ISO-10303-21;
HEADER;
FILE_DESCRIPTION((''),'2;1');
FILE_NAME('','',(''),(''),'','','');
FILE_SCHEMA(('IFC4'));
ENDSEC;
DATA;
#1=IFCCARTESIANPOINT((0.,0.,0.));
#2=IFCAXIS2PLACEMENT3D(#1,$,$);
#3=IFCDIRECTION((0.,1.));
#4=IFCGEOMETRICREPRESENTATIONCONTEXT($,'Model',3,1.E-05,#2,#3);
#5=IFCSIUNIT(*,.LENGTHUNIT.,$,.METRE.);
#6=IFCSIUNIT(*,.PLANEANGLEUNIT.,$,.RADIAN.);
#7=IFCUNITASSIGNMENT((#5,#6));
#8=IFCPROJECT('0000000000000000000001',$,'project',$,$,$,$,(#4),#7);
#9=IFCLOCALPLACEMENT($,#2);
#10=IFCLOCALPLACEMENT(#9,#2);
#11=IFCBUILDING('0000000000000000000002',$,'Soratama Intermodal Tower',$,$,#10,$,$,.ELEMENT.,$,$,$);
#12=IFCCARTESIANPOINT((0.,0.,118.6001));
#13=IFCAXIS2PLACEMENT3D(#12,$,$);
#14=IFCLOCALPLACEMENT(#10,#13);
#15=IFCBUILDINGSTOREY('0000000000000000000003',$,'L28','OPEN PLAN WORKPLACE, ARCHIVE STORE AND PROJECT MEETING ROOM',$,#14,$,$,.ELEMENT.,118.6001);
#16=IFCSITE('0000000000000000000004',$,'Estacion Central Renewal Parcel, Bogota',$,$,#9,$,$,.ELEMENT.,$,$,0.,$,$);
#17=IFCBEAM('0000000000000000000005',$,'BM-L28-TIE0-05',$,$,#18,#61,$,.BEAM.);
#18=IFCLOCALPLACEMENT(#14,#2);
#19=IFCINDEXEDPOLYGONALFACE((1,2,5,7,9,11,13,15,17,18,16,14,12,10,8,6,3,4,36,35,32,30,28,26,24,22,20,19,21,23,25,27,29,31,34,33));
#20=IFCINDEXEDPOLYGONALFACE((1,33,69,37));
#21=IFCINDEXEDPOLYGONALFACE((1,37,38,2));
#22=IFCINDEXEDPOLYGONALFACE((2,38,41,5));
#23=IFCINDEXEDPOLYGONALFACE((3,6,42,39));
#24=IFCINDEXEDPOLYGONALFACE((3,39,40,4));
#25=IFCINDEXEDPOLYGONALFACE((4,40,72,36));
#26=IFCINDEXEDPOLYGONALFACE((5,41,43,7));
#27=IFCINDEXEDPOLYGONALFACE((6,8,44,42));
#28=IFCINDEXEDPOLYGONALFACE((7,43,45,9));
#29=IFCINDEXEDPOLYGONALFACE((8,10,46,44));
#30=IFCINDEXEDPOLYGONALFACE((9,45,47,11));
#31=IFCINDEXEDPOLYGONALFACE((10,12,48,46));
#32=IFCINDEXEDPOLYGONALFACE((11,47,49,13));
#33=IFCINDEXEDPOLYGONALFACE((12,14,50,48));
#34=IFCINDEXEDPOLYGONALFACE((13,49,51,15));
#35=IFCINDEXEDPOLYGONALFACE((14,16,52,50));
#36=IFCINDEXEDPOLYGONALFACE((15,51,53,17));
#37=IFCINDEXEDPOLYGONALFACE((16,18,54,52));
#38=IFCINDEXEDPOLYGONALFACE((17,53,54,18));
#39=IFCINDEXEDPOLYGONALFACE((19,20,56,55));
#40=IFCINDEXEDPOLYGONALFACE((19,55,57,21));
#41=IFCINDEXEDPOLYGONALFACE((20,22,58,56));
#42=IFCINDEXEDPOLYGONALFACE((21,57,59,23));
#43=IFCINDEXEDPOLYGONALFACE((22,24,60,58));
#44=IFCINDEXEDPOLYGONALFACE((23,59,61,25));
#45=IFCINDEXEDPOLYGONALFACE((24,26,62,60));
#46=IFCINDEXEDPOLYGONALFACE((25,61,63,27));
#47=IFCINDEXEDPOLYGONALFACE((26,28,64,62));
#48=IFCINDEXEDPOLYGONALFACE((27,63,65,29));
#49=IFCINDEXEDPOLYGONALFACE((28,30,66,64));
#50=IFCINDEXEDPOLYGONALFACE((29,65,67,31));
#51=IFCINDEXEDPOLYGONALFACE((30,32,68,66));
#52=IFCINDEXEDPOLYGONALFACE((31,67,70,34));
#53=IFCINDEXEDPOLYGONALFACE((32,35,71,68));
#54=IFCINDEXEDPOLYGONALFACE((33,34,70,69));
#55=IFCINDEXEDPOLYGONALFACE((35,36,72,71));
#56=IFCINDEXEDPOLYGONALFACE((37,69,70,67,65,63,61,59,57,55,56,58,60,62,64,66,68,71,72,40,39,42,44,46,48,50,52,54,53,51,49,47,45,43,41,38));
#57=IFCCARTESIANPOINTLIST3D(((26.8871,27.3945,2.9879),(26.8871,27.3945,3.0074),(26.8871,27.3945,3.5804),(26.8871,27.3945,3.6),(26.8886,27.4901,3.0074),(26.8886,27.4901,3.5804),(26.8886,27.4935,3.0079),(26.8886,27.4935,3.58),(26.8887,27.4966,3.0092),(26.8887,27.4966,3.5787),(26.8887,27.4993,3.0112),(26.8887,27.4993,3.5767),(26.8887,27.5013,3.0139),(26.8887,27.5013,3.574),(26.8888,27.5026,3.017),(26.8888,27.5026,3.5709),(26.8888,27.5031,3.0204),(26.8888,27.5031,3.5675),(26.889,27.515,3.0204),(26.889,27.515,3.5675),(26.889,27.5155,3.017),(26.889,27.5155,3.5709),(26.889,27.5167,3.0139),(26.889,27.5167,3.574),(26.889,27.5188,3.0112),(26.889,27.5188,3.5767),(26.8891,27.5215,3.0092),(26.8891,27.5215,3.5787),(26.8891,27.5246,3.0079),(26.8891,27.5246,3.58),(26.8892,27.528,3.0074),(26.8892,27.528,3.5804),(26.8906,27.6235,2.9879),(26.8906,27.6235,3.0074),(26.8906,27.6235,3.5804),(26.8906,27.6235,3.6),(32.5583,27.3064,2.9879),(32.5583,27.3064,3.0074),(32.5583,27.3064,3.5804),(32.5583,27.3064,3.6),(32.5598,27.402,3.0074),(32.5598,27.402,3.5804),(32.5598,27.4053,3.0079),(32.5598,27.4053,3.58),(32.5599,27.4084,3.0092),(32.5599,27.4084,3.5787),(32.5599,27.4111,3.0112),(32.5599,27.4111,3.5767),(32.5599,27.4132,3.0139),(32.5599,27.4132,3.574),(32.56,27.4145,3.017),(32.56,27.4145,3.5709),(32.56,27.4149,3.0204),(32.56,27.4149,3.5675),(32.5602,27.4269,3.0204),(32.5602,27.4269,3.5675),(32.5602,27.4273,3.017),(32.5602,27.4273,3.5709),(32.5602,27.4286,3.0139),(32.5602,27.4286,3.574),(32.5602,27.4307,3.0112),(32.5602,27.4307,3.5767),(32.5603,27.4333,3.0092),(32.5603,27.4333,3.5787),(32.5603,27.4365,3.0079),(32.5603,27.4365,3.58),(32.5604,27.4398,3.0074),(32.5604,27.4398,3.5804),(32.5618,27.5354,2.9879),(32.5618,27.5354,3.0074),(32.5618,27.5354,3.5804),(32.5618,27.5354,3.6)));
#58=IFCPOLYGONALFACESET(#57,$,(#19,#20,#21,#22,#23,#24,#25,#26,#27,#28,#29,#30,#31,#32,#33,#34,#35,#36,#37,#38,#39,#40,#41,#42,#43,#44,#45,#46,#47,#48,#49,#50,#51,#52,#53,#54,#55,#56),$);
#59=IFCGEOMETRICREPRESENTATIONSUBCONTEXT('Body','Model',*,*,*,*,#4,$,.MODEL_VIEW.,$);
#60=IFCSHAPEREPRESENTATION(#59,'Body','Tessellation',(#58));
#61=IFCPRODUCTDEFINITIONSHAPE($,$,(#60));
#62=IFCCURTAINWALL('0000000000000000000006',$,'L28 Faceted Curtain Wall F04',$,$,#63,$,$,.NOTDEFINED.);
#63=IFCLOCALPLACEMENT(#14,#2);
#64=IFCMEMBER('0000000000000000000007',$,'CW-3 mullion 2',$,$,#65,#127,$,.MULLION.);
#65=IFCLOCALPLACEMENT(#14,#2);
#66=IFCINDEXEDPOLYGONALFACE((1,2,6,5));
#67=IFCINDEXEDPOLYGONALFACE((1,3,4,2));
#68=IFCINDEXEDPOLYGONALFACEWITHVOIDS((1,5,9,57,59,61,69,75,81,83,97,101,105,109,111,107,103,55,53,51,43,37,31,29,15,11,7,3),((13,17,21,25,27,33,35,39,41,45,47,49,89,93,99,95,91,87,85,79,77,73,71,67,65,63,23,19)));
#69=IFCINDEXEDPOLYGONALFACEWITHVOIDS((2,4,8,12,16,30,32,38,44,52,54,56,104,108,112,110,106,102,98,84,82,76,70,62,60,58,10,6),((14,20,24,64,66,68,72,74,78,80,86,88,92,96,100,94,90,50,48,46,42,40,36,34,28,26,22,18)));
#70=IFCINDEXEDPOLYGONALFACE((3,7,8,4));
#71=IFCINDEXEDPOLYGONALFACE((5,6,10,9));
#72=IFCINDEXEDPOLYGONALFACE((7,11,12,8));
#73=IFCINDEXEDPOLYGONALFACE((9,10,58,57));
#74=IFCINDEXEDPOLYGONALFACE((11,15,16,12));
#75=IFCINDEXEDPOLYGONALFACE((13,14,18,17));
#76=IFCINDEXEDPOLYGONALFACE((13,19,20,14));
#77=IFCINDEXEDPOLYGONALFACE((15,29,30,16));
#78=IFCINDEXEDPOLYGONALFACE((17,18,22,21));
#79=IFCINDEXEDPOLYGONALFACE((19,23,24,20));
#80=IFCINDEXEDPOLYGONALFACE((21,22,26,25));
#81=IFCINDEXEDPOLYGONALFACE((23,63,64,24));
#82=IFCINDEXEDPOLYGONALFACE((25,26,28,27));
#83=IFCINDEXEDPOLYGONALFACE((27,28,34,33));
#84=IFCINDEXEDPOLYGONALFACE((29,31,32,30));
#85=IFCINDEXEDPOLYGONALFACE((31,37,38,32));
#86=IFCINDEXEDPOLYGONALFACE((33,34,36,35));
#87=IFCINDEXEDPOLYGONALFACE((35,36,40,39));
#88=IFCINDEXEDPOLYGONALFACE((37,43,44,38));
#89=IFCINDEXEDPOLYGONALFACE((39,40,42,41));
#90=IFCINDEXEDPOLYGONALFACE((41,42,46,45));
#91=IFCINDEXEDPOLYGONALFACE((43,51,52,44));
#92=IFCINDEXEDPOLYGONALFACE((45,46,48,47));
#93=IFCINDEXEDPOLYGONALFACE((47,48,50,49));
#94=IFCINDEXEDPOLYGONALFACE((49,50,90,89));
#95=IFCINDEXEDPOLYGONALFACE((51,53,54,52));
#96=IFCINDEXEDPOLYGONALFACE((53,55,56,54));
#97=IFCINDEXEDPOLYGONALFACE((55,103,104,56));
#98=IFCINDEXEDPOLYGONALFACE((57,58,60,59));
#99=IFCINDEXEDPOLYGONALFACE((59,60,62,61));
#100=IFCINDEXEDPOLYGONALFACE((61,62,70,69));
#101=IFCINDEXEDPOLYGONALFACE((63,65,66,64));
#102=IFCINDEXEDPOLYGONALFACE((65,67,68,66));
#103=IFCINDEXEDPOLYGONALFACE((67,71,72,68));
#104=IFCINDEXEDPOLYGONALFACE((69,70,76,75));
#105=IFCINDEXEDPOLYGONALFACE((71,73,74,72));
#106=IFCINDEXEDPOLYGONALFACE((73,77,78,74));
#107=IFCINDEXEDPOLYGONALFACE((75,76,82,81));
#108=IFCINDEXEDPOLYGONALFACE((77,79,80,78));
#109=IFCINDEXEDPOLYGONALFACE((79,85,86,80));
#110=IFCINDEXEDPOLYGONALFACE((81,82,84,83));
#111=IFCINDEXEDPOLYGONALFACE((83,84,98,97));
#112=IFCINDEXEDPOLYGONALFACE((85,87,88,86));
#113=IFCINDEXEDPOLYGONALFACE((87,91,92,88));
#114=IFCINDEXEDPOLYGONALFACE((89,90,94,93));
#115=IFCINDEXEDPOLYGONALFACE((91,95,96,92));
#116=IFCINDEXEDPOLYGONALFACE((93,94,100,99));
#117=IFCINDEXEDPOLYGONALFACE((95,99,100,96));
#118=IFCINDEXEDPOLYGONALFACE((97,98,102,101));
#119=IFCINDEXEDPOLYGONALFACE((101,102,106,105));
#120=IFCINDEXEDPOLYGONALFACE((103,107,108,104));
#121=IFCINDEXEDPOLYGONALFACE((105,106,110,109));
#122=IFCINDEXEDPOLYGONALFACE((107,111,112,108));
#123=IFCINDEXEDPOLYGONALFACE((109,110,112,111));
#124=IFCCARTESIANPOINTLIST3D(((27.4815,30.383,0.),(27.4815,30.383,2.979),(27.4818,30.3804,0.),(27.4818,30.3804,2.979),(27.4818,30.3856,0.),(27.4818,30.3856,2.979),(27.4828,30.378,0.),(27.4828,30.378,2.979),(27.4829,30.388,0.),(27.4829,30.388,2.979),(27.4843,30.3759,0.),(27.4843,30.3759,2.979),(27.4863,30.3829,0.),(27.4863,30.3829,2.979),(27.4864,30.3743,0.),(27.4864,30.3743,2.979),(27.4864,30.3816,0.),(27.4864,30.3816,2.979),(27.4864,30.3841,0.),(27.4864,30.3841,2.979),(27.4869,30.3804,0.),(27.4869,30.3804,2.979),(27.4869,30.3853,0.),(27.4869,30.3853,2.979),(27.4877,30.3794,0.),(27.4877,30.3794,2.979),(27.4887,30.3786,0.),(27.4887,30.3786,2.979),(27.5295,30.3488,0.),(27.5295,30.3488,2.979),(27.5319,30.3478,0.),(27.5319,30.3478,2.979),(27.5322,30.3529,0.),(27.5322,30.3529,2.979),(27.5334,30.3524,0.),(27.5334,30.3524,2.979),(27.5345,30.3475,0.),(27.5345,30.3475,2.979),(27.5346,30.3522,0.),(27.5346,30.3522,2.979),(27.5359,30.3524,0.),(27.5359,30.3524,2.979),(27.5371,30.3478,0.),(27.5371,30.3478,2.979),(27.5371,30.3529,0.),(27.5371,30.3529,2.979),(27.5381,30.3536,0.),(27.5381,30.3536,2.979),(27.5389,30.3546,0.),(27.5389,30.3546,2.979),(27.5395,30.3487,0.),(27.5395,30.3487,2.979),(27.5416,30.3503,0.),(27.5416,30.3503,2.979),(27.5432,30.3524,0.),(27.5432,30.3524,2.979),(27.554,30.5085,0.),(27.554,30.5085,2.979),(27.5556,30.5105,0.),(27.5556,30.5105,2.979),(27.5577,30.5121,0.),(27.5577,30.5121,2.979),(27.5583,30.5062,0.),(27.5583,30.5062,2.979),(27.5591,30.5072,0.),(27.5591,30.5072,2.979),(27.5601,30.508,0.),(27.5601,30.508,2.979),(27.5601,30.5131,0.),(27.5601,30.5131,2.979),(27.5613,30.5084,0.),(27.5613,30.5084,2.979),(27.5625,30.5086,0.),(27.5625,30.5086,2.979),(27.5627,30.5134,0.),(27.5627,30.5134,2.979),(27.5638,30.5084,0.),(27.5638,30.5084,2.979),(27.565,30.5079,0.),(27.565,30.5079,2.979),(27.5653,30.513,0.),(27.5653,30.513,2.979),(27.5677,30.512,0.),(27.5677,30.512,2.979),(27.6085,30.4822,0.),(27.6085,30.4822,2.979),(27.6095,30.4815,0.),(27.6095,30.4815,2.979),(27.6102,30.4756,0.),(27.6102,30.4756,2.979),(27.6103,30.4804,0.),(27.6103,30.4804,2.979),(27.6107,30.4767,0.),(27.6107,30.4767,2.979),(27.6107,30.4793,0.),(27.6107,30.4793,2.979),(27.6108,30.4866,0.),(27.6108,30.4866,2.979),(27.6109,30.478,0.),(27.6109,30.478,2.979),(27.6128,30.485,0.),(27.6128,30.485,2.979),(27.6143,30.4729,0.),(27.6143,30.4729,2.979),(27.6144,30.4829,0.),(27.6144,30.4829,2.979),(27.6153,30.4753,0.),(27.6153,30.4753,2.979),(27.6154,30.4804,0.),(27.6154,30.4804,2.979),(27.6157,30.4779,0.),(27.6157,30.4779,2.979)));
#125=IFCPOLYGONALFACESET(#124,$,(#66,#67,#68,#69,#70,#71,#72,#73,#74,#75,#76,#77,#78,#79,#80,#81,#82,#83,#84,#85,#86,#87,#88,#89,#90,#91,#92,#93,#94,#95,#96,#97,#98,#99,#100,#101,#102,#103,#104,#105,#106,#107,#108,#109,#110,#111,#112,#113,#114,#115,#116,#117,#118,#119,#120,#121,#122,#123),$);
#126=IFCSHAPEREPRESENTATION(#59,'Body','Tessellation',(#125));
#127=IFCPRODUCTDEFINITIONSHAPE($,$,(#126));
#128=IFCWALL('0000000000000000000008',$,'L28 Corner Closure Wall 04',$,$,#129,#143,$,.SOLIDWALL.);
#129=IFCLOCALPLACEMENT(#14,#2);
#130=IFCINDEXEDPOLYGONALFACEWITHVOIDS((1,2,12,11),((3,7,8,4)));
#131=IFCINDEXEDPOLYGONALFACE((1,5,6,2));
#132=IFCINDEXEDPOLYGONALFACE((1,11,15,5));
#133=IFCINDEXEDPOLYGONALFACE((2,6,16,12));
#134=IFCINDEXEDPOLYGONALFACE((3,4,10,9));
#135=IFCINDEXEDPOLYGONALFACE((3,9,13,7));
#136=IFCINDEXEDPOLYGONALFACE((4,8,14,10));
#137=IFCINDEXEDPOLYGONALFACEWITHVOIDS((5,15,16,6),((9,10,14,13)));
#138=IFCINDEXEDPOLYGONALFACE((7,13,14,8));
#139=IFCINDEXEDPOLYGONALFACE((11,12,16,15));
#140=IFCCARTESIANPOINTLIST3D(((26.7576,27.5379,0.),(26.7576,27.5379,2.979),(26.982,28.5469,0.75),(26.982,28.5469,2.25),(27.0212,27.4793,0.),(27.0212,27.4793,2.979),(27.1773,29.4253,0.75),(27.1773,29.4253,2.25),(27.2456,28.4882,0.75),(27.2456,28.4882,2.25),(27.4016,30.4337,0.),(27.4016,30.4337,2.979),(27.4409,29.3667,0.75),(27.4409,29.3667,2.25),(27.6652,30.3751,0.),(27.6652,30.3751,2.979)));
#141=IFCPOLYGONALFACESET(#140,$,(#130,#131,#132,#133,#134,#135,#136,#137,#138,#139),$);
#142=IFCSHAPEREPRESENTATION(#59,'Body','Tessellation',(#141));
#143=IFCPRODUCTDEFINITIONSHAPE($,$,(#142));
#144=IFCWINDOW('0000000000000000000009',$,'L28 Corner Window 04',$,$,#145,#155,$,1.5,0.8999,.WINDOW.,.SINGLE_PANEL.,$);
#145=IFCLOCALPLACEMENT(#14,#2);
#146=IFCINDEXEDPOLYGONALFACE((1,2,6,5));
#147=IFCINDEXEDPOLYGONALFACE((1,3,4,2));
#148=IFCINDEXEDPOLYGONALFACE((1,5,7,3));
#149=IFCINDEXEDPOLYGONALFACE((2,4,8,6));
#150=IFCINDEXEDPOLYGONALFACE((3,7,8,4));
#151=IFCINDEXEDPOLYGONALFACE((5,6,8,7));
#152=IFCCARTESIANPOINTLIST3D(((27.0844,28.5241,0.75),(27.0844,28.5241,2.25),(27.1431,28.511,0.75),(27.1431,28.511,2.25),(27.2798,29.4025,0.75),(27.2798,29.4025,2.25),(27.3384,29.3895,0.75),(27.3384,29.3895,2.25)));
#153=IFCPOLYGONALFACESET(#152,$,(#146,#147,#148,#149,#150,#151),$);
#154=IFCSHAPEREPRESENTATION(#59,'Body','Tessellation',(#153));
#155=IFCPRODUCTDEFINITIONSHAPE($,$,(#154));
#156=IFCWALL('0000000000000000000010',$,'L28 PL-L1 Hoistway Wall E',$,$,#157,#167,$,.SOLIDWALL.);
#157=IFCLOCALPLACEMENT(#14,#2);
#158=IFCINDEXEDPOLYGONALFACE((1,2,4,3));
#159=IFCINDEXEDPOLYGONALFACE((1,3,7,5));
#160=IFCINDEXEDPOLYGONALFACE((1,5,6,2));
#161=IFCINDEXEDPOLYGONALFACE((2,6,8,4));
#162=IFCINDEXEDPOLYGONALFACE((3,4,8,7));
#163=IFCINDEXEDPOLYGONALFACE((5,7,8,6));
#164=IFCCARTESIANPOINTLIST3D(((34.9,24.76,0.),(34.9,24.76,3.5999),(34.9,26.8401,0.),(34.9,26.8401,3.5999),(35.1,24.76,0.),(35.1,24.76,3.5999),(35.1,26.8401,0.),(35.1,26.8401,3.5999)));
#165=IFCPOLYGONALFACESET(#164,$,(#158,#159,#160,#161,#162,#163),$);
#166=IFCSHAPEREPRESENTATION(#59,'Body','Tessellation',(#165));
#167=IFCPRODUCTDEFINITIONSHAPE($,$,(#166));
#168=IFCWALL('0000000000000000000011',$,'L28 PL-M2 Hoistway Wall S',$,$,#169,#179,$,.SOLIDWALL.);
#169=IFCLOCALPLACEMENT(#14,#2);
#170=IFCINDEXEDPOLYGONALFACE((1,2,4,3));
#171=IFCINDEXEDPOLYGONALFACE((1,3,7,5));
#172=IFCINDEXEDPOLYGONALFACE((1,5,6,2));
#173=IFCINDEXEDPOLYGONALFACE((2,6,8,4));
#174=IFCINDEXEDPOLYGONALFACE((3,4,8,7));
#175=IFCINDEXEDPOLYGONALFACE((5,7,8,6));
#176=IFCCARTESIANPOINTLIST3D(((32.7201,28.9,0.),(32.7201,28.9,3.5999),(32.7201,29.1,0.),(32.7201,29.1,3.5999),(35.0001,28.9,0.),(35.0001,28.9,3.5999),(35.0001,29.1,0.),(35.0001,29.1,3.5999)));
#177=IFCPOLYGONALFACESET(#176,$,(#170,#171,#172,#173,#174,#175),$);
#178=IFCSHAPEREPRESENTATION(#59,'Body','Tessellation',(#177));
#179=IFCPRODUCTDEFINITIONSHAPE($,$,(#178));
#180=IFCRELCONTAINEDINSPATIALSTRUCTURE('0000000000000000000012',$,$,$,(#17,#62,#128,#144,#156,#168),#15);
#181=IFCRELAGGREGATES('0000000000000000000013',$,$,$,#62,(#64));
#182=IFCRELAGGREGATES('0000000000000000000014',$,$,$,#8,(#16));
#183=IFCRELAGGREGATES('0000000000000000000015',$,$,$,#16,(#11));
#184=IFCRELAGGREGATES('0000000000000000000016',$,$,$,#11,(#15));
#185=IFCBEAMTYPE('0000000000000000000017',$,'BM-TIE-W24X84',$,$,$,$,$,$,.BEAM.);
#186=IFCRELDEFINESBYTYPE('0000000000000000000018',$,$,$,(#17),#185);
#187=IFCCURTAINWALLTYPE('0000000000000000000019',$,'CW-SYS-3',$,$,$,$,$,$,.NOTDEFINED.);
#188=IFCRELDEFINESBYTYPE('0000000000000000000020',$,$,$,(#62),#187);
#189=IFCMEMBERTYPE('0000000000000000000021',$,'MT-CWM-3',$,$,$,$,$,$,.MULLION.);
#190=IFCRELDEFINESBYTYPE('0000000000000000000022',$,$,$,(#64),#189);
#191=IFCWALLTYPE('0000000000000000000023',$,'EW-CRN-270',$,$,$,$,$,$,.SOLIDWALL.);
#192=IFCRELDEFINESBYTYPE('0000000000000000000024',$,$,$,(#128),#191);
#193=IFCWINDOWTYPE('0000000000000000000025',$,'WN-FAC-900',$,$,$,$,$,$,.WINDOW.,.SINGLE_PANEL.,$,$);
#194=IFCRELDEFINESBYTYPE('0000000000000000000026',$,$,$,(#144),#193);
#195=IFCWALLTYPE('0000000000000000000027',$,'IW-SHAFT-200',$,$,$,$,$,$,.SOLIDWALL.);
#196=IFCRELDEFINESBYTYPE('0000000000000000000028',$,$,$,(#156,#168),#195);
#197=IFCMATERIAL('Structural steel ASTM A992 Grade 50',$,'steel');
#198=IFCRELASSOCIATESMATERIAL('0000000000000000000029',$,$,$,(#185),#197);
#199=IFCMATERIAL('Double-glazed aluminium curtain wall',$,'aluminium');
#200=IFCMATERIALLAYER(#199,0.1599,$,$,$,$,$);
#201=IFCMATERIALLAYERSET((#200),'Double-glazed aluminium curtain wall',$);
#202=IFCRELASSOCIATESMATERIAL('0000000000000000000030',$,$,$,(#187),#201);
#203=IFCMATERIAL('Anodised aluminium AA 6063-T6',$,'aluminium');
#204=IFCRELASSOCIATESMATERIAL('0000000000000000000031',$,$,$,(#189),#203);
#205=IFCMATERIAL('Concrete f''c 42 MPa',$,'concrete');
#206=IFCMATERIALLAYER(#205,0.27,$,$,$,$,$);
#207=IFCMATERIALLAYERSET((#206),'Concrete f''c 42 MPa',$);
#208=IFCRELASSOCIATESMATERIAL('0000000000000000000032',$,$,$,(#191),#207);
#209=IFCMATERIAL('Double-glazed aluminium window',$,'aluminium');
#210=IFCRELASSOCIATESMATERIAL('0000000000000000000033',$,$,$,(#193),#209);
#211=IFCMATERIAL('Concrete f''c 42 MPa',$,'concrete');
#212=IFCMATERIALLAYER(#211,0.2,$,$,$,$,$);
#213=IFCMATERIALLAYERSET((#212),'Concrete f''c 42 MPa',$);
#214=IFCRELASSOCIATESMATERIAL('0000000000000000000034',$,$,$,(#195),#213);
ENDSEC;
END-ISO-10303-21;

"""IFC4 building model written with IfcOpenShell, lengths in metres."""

from ifc_helpers import new_model, si_unit, direction, frame, frame_2d, origin, origin_2d, place, context, subcontext, project, spatial, rectangle, hollow_rectangle, i_section, extrude, material, layer, layer_set, material_profile, profile_set, type_object, element, fill, aggregate, save


model = new_model("IFC4")

# Units and contexts
model_context = context("Model", 3, precision=1e-05, world=origin(), true_north=direction((0.0, 1.0)))
body_context = subcontext(model_context, "Body", "Model", "MODEL_VIEW")
ifc_project = project(units=[si_unit("LENGTHUNIT", "METRE"), si_unit("PLANEANGLEUNIT", "RADIAN")], contexts=[model_context])

# Site, building, storey
site_placement = place(None, origin())
site = spatial("IfcSite", under=ifc_project, at=site_placement, Name="Estacion Central Renewal Parcel, Bogota", CompositionType="ELEMENT", RefElevation=0.0)
building_placement = place(site_placement, origin())
building = spatial("IfcBuilding", under=site, at=building_placement, Name="Soratama Intermodal Tower", CompositionType="ELEMENT")
storey_placement = place(building_placement, frame((0.0, 0.0, 118.6001)))
storey = spatial("IfcBuildingStorey", under=building, at=storey_placement, Name="L28", Description="OPEN PLAN WORKPLACE, ARCHIVE STORE AND PROJECT MEETING ROOM", CompositionType="ELEMENT", Elevation=118.6001)

# Beam
ifc_material_1 = material(Name="Structural steel ASTM A992 Grade 50", Category="steel")
ifc_material_profile_1 = material_profile(ifc_material_1, i_section(OverallWidth=0.229, OverallDepth=0.6121, WebThickness=0.012, FlangeThickness=0.0195, FilletRadius=0.0129, at=origin_2d()), Name="W24X84")
ifc_profile_set_1 = profile_set([ifc_material_profile_1], Name="Structural steel ASTM A992 Grade 50")
beam_type_1 = type_object("IfcBeamType", Name="BM-TIE-W24X84", PredefinedType="BEAM", material=ifc_profile_set_1)
beam_1_placement = place(storey_placement, frame((32.5601, 27.4209, 3.2939), z_axis=(-0.999879, 0.015539, 0.0), x_axis=(-0.015539, -0.999879, 0.0)))
element("IfcBeam", 1, at=beam_1_placement, inside=storey, type_object=beam_type_1, Name="BM-L28-TIE0-05", PredefinedType="BEAM", context=body_context, shape_type="SweptSolid", body=[
    extrude(i_section(OverallWidth=0.229, OverallDepth=0.6121, WebThickness=0.012, FlangeThickness=0.0195, FilletRadius=0.0129, at=origin_2d()), origin(), (0.0, 0.0, 1.0), 5.6719),
])

# Curtain wall, member
ifc_material_2 = material(Name="Double-glazed aluminium curtain wall", Category="aluminium")
ifc_layer_1 = layer(ifc_material_2, 0.1599)
ifc_layer_set_1 = layer_set([ifc_layer_1], Name="Double-glazed aluminium curtain wall")
curtain_wall_type = type_object("IfcCurtainWallType", Name="CW-SYS-3", PredefinedType="NOTDEFINED", material=ifc_layer_set_1)
curtain_wall_placement = place(storey_placement, origin())
curtain_wall = element("IfcCurtainWall", 2, at=curtain_wall_placement, inside=storey, type_object=curtain_wall_type, Name="L28 Faceted Curtain Wall F04", PredefinedType="NOTDEFINED")
ifc_material_3 = material(Name="Anodised aluminium AA 6063-T6", Category="aluminium")
ifc_material_profile_2 = material_profile(ifc_material_3, hollow_rectangle(XDim=0.0701, YDim=0.1599, WallThickness=0.0049, InnerFilletRadius=0.0049, OuterFilletRadius=0.01, at=origin_2d()), Name="CWM160X70X5")
ifc_profile_set_2 = profile_set([ifc_material_profile_2], Name="Anodised aluminium AA 6063-T6")
member_type = type_object("IfcMemberType", Name="MT-CWM-3", PredefinedType="MULLION", material=ifc_profile_set_2)
member_placement = place(storey_placement, frame((27.5486, 30.4304, 0.0), z_axis=(0.0, 0.0, 1.0), x_axis=(0.86127, -0.508147, 0.0)))
member = element("IfcMember", 3, at=member_placement, type_object=member_type, Name="CW-3 mullion 2", PredefinedType="MULLION", context=body_context, shape_type="SweptSolid", body=[
    extrude(hollow_rectangle(XDim=0.0701, YDim=0.1599, WallThickness=0.0049, InnerFilletRadius=0.0049, OuterFilletRadius=0.01, at=origin_2d()), origin(), (0.0, 0.0, 1.0), 2.979),
])
aggregate(curtain_wall, [member])

# Wall, opening, window
ifc_material_4 = material(Name="Concrete f'c 42 MPa", Category="concrete")
ifc_layer_2 = layer(ifc_material_4, 0.27)
ifc_layer_set_2 = layer_set([ifc_layer_2], Name="Concrete f'c 42 MPa")
wall_type_1 = type_object("IfcWallType", Name="EW-CRN-270", PredefinedType="SOLIDWALL", material=ifc_layer_set_2)
wall_1_placement = place(storey_placement, frame((27.5334, 30.4045, 0.0), z_axis=(0.0, 0.0, 1.0), x_axis=(-0.217105, -0.976148, 0.0)))
wall_1 = element("IfcWall", 4, at=wall_1_placement, inside=storey, type_object=wall_type_1, Name="L28 Corner Closure Wall 04", PredefinedType="SOLIDWALL", context=body_context, shape_type="SweptSolid", body=[
    extrude(rectangle(XDim=2.9666, YDim=0.27, at=frame_2d((1.4834, 0.0))), origin(), (0.0, 0.0, 1.0), 2.979),
])
opening_1_placement = place(wall_1_placement, frame((1.0332, 0.0, 0.75)))
opening_1 = element("IfcOpeningElement", 5, at=opening_1_placement, cuts=wall_1, PredefinedType="OPENING", context=body_context, shape_type="SweptSolid", body=[
    extrude(rectangle(XDim=0.8999, YDim=1.5, at=frame_2d((0.45, 0.75))), frame((0.0, 0.145, 0.0), z_axis=(0.0, -1.0, 0.0), x_axis=(1.0, 0.0, 0.0)), (0.0, 0.0, 1.0), 0.29),
])
ifc_material_5 = material(Name="Double-glazed aluminium window", Category="aluminium")
window_type_1 = type_object("IfcWindowType", Name="WN-FAC-900", PartitioningType="SINGLE_PANEL", PredefinedType="WINDOW", material=ifc_material_5)
window_1_placement = place(opening_1_placement, origin())
window_1 = element("IfcWindow", 6, at=window_1_placement, inside=storey, type_object=window_type_1, Name="L28 Corner Window 04", OverallHeight=1.5, OverallWidth=0.8999, PartitioningType="SINGLE_PANEL", PredefinedType="WINDOW", context=body_context, shape_type="SweptSolid", body=[
    extrude(rectangle(XDim=0.8999, YDim=1.5, at=frame_2d((0.45, 0.75))), frame((0.0, 0.03, 0.0), z_axis=(0.0, -1.0, 0.0), x_axis=(1.0, 0.0, 0.0)), (0.0, 0.0, 1.0), 0.0601),
])
fill(opening_1, window_1)

# Shared definitions
ifc_material_6 = material(Name="Concrete f'c 42 MPa", Category="concrete")
ifc_layer_3 = layer(ifc_material_6, 0.2)
ifc_layer_set_3 = layer_set([ifc_layer_3], Name="Concrete f'c 42 MPa")
wall_type_2 = type_object("IfcWallType", Name="IW-SHAFT-200", PredefinedType="SOLIDWALL", material=ifc_layer_set_3)

# Walls
wall_2_placement = place(storey_placement, frame((35.0, 24.76, 0.0), z_axis=(0.0, 0.0, 1.0), x_axis=(0.0, 1.0, 0.0)))
element("IfcWall", 7, at=wall_2_placement, inside=storey, type_object=wall_type_2, Name="L28 PL-L1 Hoistway Wall E", PredefinedType="SOLIDWALL", context=body_context, shape_type="SweptSolid", body=[
    extrude(rectangle(XDim=2.0801, YDim=0.2, at=frame_2d((1.04, 0.0))), origin(), (0.0, 0.0, 1.0), 3.5999),
])
wall_3_placement = place(storey_placement, frame((32.72, 29.0, 0.0), z_axis=(0.0, 0.0, 1.0), x_axis=(1.0, 0.0, 0.0)))
element("IfcWall", 8, at=wall_3_placement, inside=storey, type_object=wall_type_2, Name="L28 PL-M2 Hoistway Wall S", PredefinedType="SOLIDWALL", context=body_context, shape_type="SweptSolid", body=[
    extrude(rectangle(XDim=2.28, YDim=0.2, at=frame_2d((1.1401, 0.0))), origin(), (0.0, 0.0, 1.0), 3.5999),
])

save(model, "model.ifc")
